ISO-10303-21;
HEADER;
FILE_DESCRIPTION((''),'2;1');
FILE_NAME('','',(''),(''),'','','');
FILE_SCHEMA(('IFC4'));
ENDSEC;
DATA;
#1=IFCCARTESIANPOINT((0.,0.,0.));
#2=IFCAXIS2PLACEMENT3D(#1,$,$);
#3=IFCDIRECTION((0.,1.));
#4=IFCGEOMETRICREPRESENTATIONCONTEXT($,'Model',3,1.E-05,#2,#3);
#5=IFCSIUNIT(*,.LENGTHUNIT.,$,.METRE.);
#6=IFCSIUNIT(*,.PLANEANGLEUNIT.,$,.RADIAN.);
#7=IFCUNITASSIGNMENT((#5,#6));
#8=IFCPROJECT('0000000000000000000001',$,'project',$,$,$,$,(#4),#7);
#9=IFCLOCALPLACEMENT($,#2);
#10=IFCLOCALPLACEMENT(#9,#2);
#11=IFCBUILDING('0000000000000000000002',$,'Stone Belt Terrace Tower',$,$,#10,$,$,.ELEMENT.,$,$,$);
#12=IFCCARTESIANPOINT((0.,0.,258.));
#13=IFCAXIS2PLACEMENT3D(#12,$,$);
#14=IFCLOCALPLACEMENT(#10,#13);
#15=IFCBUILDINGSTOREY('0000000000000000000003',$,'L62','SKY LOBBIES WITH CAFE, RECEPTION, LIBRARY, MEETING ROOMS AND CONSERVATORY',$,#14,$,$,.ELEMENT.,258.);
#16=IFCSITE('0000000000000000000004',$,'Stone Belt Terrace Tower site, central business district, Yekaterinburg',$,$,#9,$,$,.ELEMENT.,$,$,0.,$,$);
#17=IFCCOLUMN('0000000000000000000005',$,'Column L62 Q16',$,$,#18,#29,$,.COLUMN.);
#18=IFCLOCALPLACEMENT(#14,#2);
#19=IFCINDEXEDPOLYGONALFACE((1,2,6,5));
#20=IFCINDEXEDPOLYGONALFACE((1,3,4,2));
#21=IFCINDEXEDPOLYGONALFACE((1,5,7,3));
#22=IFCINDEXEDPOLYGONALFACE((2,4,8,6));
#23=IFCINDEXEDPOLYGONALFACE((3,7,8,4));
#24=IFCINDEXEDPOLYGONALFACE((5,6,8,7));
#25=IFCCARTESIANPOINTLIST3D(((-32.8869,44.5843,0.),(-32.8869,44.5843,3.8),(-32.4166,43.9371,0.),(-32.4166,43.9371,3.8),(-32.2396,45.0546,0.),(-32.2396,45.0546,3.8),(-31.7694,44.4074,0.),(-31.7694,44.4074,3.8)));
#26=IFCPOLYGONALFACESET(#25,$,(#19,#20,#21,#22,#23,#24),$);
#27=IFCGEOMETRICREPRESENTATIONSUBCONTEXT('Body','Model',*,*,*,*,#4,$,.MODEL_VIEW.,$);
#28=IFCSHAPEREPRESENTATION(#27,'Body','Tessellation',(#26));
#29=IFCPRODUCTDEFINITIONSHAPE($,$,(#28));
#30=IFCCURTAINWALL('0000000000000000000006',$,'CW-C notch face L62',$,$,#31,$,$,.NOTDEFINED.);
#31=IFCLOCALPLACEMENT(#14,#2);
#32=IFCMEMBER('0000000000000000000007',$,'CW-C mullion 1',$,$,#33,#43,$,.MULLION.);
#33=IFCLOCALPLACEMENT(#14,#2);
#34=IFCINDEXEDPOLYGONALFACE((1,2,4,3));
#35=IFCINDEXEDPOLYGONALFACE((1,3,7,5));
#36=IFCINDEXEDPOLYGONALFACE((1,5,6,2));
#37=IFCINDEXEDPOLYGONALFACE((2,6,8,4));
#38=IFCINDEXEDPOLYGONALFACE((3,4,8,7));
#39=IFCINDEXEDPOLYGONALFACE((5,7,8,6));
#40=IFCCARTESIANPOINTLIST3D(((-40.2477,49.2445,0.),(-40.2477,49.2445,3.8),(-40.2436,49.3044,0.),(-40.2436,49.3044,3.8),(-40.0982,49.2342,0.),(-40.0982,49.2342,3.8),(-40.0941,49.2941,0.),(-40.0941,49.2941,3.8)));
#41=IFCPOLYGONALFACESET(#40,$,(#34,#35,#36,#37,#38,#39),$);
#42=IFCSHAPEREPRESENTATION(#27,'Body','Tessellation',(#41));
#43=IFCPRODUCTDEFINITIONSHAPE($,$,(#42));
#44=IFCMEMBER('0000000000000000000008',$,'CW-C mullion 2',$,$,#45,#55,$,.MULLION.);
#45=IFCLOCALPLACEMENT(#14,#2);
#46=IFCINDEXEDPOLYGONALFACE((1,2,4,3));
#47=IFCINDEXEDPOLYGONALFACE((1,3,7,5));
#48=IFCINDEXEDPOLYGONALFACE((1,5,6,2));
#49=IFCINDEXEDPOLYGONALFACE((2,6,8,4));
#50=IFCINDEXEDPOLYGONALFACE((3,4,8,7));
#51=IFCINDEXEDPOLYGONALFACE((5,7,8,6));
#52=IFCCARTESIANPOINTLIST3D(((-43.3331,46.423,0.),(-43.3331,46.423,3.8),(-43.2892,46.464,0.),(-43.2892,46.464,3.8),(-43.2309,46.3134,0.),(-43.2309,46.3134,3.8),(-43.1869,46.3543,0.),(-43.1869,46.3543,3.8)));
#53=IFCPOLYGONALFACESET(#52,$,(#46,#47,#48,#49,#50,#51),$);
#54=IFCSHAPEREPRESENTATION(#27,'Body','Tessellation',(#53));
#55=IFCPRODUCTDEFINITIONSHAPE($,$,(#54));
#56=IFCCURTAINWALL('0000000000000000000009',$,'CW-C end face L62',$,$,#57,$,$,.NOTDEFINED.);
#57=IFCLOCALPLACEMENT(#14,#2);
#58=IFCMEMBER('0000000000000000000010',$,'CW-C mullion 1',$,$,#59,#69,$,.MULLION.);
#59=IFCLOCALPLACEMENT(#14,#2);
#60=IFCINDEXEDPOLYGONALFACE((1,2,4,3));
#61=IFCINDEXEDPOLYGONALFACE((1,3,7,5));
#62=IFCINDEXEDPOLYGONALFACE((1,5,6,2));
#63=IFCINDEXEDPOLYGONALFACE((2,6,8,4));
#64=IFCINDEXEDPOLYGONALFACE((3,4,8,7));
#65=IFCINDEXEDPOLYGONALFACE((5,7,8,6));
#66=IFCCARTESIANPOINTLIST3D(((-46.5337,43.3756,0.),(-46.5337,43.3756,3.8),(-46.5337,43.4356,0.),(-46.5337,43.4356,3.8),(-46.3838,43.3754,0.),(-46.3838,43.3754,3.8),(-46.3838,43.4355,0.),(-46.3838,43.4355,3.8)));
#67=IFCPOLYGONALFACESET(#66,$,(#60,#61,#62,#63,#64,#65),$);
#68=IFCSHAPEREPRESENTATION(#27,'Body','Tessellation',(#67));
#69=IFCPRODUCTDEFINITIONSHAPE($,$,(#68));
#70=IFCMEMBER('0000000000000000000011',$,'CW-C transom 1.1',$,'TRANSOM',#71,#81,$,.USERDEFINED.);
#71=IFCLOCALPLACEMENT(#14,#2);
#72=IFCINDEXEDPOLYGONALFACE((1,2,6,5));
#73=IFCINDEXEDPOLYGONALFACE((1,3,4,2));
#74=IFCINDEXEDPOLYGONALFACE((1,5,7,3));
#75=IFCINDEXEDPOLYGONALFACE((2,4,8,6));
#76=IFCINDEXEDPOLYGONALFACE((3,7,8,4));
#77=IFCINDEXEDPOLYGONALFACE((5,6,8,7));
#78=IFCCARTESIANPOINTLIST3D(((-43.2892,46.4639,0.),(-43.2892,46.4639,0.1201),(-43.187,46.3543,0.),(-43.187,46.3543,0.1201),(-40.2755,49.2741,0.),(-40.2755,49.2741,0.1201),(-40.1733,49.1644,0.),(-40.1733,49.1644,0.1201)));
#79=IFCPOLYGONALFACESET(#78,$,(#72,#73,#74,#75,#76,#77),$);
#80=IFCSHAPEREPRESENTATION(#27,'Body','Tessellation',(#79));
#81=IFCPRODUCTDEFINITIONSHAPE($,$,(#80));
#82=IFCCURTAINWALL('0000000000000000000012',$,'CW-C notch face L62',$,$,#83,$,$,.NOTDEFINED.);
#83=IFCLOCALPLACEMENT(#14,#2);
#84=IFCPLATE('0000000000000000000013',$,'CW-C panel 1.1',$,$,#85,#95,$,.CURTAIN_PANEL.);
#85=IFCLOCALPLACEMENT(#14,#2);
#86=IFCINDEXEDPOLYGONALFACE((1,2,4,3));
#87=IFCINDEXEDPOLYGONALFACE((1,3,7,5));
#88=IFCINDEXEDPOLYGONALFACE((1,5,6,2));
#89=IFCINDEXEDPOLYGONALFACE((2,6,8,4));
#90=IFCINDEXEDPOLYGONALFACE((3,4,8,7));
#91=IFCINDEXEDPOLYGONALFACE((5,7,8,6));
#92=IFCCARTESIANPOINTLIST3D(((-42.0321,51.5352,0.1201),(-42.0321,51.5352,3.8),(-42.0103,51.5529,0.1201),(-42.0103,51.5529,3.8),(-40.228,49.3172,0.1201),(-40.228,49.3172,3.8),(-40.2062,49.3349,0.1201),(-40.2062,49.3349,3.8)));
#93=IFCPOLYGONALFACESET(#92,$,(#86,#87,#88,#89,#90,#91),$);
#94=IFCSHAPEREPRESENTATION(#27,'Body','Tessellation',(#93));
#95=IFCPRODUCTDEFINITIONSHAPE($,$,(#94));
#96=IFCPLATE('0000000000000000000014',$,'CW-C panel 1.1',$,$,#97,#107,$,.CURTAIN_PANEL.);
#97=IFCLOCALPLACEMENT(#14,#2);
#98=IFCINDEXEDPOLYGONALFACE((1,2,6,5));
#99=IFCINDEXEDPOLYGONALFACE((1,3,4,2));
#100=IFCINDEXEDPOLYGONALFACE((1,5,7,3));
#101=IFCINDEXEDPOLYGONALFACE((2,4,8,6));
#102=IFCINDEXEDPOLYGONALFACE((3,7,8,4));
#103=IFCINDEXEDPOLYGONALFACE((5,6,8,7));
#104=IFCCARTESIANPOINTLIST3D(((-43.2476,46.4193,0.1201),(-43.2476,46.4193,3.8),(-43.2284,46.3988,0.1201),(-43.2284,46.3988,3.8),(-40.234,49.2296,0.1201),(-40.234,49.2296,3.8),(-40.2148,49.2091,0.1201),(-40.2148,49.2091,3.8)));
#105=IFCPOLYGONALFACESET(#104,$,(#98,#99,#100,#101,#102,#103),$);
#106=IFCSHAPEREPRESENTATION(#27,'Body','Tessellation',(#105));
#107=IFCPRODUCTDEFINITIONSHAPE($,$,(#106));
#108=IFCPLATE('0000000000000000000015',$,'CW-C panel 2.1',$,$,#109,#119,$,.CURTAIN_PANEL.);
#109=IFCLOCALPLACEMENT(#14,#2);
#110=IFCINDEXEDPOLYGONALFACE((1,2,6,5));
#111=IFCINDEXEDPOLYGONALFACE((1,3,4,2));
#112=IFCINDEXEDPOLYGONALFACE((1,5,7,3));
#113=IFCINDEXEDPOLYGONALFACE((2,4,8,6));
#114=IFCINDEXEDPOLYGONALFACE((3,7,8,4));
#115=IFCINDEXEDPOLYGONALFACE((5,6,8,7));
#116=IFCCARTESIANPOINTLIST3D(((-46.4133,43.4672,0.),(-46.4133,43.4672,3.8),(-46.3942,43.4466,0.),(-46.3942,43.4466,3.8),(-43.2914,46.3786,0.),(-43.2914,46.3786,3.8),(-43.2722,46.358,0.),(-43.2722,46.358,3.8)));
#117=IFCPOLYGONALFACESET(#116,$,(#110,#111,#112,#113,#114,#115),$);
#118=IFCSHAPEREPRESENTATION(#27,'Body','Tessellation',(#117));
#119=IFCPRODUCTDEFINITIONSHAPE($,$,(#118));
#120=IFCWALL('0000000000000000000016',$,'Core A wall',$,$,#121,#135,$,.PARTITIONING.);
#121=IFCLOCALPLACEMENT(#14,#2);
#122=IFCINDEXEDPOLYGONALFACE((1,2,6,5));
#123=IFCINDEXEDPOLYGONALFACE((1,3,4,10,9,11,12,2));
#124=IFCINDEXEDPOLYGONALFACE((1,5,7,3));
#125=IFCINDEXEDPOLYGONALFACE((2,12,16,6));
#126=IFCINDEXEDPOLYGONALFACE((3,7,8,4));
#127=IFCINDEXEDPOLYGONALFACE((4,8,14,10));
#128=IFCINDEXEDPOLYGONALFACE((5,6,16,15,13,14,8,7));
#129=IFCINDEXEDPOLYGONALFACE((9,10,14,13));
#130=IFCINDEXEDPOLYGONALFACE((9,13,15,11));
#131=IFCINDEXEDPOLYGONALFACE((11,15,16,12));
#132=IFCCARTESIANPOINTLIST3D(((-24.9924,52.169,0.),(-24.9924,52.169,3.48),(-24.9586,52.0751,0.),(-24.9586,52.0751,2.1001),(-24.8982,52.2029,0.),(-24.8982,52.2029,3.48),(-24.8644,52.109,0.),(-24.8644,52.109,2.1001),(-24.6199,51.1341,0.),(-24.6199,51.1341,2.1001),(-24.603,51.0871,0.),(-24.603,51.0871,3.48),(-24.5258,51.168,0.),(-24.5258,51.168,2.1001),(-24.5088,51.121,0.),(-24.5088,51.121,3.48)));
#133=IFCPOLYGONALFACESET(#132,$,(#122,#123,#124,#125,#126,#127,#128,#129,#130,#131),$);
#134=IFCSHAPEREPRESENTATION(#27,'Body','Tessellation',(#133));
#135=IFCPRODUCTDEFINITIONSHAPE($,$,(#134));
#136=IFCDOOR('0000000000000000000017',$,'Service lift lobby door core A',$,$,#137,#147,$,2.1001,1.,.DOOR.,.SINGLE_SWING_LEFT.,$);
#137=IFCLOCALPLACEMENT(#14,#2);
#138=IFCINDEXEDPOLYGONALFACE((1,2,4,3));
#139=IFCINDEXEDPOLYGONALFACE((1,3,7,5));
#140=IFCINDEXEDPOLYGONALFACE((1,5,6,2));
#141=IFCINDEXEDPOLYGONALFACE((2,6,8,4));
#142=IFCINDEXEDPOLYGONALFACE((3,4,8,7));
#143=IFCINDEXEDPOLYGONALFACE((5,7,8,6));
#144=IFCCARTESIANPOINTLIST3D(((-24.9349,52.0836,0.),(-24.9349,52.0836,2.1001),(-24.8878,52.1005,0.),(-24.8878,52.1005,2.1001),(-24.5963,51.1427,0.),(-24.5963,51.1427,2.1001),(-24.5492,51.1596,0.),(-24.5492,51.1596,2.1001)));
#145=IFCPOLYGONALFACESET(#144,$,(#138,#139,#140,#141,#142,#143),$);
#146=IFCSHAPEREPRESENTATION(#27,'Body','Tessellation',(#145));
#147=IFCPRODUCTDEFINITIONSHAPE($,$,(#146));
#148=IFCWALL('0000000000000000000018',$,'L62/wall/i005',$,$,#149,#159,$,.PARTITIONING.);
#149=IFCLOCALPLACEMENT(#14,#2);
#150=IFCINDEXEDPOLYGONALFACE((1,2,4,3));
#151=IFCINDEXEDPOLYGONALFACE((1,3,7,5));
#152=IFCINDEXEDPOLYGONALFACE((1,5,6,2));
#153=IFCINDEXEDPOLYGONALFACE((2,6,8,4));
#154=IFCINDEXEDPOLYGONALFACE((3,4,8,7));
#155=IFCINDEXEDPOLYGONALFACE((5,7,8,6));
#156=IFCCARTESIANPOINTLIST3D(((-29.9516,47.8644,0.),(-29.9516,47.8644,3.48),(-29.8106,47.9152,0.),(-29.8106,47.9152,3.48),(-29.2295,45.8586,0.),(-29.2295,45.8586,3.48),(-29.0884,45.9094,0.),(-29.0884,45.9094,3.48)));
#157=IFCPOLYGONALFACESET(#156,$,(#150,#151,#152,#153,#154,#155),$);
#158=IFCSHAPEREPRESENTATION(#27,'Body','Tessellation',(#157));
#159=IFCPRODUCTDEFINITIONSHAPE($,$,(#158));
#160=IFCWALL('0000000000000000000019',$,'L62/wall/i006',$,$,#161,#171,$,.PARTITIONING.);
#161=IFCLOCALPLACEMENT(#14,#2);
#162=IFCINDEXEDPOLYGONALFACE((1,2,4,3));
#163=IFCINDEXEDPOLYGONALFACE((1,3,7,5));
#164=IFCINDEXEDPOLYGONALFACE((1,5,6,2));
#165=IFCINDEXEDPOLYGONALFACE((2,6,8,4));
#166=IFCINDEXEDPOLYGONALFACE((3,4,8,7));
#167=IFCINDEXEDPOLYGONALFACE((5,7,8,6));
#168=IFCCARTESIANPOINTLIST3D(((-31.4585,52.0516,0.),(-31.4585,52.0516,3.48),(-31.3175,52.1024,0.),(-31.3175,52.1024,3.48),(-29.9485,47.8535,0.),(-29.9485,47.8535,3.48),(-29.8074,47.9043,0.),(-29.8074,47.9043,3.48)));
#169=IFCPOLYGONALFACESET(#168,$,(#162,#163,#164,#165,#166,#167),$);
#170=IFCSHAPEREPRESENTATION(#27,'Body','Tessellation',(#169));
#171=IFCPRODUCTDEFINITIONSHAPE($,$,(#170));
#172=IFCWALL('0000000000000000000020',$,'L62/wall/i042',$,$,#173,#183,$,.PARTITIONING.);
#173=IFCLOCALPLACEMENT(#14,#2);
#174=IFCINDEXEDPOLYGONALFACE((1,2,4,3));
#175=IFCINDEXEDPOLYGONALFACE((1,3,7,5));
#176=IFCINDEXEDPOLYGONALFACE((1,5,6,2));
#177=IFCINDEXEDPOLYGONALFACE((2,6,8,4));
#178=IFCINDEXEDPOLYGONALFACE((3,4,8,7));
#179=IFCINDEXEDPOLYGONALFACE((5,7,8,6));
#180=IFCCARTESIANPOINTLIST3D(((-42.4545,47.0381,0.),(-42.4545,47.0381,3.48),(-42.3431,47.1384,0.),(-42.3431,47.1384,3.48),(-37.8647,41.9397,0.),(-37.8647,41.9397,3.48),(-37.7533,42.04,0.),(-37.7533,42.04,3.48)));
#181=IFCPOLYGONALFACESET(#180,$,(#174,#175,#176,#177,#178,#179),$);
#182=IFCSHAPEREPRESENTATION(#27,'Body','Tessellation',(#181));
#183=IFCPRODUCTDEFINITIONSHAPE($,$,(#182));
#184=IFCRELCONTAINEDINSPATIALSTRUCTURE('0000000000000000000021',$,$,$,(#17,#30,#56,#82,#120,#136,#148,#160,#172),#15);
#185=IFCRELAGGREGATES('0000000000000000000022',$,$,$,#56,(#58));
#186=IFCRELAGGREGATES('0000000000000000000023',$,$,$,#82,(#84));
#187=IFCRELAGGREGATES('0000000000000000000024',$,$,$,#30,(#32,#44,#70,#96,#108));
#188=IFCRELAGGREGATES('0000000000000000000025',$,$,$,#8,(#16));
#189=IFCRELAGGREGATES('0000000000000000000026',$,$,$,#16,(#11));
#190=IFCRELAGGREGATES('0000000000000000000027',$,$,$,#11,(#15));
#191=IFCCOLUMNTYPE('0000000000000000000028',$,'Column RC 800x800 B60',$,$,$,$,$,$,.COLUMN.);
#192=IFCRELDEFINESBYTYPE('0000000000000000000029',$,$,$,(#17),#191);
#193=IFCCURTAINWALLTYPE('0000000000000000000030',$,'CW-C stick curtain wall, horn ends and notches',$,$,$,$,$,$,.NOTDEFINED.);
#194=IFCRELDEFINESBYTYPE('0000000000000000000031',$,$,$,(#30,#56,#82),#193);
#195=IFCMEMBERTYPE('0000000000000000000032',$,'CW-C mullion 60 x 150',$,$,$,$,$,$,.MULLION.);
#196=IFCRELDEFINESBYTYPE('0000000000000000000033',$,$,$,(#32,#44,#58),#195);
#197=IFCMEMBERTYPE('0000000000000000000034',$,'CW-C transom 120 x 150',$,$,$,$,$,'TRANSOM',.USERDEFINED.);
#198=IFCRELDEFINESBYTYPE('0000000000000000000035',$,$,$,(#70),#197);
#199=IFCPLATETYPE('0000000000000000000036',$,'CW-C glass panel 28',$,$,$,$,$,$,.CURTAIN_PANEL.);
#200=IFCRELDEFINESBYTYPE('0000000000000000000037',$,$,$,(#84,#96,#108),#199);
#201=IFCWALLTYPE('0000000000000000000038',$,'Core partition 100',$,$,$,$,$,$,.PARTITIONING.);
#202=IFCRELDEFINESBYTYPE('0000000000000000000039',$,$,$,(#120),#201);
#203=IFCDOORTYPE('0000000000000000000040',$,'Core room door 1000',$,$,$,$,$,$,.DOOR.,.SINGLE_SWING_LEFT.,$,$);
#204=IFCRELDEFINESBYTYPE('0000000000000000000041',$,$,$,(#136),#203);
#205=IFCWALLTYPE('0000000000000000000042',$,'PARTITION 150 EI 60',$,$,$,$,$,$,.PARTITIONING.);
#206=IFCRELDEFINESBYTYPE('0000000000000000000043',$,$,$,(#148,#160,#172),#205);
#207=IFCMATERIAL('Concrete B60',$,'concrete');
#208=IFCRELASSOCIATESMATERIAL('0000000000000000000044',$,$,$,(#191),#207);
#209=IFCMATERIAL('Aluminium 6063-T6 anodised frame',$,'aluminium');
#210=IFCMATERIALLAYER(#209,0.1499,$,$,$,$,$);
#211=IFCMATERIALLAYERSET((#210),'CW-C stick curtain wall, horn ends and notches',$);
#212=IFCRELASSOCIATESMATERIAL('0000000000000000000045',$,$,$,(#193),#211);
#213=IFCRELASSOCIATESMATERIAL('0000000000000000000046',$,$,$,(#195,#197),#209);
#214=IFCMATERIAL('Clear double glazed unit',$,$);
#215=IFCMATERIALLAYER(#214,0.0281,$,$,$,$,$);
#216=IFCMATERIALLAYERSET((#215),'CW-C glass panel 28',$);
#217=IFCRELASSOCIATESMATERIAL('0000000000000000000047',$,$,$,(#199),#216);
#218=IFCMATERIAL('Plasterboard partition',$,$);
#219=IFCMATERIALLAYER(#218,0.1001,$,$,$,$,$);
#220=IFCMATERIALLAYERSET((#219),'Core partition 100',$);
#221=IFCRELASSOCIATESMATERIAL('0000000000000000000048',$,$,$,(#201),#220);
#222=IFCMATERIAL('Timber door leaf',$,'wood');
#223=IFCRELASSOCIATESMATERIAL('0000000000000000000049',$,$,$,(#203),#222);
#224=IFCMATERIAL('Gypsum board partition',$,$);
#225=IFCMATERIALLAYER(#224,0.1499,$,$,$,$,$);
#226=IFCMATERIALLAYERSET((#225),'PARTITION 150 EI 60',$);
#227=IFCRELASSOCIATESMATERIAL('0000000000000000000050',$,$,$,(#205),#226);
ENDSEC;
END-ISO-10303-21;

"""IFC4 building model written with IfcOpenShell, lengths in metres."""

from ifc_helpers import new_model, si_unit, direction, frame, frame_2d, origin, origin_2d, place, context, subcontext, project, spatial, rectangle, extrude, material, layer, layer_set, material_profile, profile_set, type_object, element, fill, aggregate, save


model = new_model("IFC4")

# Units and contexts
model_context = context("Model", 3, precision=1e-05, world=origin(), true_north=direction((0.0, 1.0)))
body_context = subcontext(model_context, "Body", "Model", "MODEL_VIEW")
ifc_project = project(units=[si_unit("LENGTHUNIT", "METRE"), si_unit("PLANEANGLEUNIT", "RADIAN")], contexts=[model_context])

# Site, building, storey
site_placement = place(None, origin())
site = spatial("IfcSite", under=ifc_project, at=site_placement, Name="Stone Belt Terrace Tower site, central business district, Yekaterinburg", CompositionType="ELEMENT", RefElevation=0.0)
building_placement = place(site_placement, origin())
building = spatial("IfcBuilding", under=site, at=building_placement, Name="Stone Belt Terrace Tower", CompositionType="ELEMENT")
storey_placement = place(building_placement, frame((0.0, 0.0, 258.0)))
storey = spatial("IfcBuildingStorey", under=building, at=storey_placement, Name="L62", Description="SKY LOBBIES WITH CAFE, RECEPTION, LIBRARY, MEETING ROOMS AND CONSERVATORY", CompositionType="ELEMENT", Elevation=258.0)

# Column
ifc_material_1 = material(Name="Concrete B60", Category="concrete")
ifc_material_profile_1 = material_profile(ifc_material_1, rectangle(XDim=0.8, YDim=0.8, at=origin_2d()), Name="RC 800x800")
ifc_profile_set_1 = profile_set([ifc_material_profile_1], Name="Concrete B60")
column_type = type_object("IfcColumnType", Name="Column RC 800x800 B60", PredefinedType="COLUMN", material=ifc_profile_set_1)
column_placement = place(storey_placement, frame((-32.3281, 44.4958, 0.0), z_axis=(0.0, 0.0, 1.0), x_axis=(0.809017, 0.587785, 0.0)))
element("IfcColumn", 1, at=column_placement, inside=storey, type_object=column_type, Name="Column L62 Q16", PredefinedType="COLUMN", context=body_context, shape_type="SweptSolid", body=[
    extrude(rectangle(XDim=0.8, YDim=0.8, at=origin_2d()), origin(), (0.0, 0.0, 1.0), 3.8),
])

# Curtain wall, members
ifc_material_2 = material(Name="Aluminium 6063-T6 anodised frame", Category="aluminium")
ifc_layer_1 = layer(ifc_material_2, 0.1499)
ifc_layer_set_1 = layer_set([ifc_layer_1], Name="CW-C stick curtain wall, horn ends and notches")
curtain_wall_type = type_object("IfcCurtainWallType", Name="CW-C stick curtain wall, horn ends and notches", PredefinedType="NOTDEFINED", material=ifc_layer_set_1)
curtain_wall_1_placement = place(storey_placement, origin())
curtain_wall_1 = element("IfcCurtainWall", 2, at=curtain_wall_1_placement, inside=storey, type_object=curtain_wall_type, Name="CW-C notch face L62", PredefinedType="NOTDEFINED")
ifc_material_profile_2 = material_profile(ifc_material_2, rectangle(XDim=0.1499, YDim=0.0601, at=origin_2d()), Name="Aluminium 6063-T6 60x150")
ifc_profile_set_2 = profile_set([ifc_material_profile_2], Name="Aluminium 6063-T6 anodised frame")
member_type_1 = type_object("IfcMemberType", Name="CW-C mullion 60 x 150", PredefinedType="MULLION", material=ifc_profile_set_2)
member_1_placement = place(storey_placement, frame((-40.1709, 49.2693, 0.0), z_axis=(0.0, 0.0, 1.0), x_axis=(0.99764, -0.068666, 0.0)))
member_1 = element("IfcMember", 3, at=member_1_placement, type_object=member_type_1, Name="CW-C mullion 1", PredefinedType="MULLION", context=body_context, shape_type="SweptSolid", body=[
    extrude(rectangle(XDim=0.1499, YDim=0.0601, at=origin_2d()), origin(), (0.0, 0.0, 1.0), 3.8),
])
member_2_placement = place(storey_placement, frame((-43.26, 46.3887, 0.0), z_axis=(0.0, 0.0, 1.0), x_axis=(0.682014, -0.731339, 0.0)))
member_2 = element("IfcMember", 4, at=member_2_placement, type_object=member_type_1, Name="CW-C mullion 2", PredefinedType="MULLION", context=body_context, shape_type="SweptSolid", body=[
    extrude(rectangle(XDim=0.1499, YDim=0.0601, at=origin_2d()), origin(), (0.0, 0.0, 1.0), 3.8),
])

# Curtain wall, member
curtain_wall_2_placement = place(storey_placement, origin())
curtain_wall_2 = element("IfcCurtainWall", 5, at=curtain_wall_2_placement, inside=storey, type_object=curtain_wall_type, Name="CW-C end face L62", PredefinedType="NOTDEFINED")
member_3_placement = place(storey_placement, frame((-46.4587, 43.4055, 0.0), z_axis=(0.0, 0.0, 1.0), x_axis=(0.999999, -0.001051, 0.0)))
member_3 = element("IfcMember", 6, at=member_3_placement, type_object=member_type_1, Name="CW-C mullion 1", PredefinedType="MULLION", context=body_context, shape_type="SweptSolid", body=[
    extrude(rectangle(XDim=0.1499, YDim=0.0601, at=origin_2d()), origin(), (0.0, 0.0, 1.0), 3.8),
])
aggregate(curtain_wall_2, [member_3])

# Member
ifc_material_profile_3 = material_profile(ifc_material_2, rectangle(XDim=0.1499, YDim=0.1201, at=origin_2d()), Name="Aluminium 6063-T6 150x120")
ifc_profile_set_3 = profile_set([ifc_material_profile_3], Name="Aluminium 6063-T6 anodised frame")
member_type_2 = type_object("IfcMemberType", Name="CW-C transom 120 x 150", ElementType="TRANSOM", PredefinedType="USERDEFINED", material=ifc_profile_set_3)
member_4_placement = place(storey_placement, frame((-40.2244, 49.2192, 0.0601), z_axis=(-0.731382, -0.681968, 0.0), x_axis=(0.681968, -0.731382, 0.0)))
member_4 = element("IfcMember", 7, at=member_4_placement, type_object=member_type_2, Name="CW-C transom 1.1", ObjectType="TRANSOM", PredefinedType="USERDEFINED", context=body_context, shape_type="SweptSolid", body=[
    extrude(rectangle(XDim=0.1499, YDim=0.1201, at=origin_2d()), origin(), (0.0, 0.0, 1.0), 4.1206),
])

# Curtain wall, plate
curtain_wall_3_placement = place(storey_placement, origin())
curtain_wall_3 = element("IfcCurtainWall", 8, at=curtain_wall_3_placement, inside=storey, type_object=curtain_wall_type, Name="CW-C notch face L62", PredefinedType="NOTDEFINED")
ifc_material_3 = material(Name="Clear double glazed unit")
ifc_layer_2 = layer(ifc_material_3, 0.0281)
ifc_layer_set_2 = layer_set([ifc_layer_2], Name="CW-C glass panel 28")
plate_type = type_object("IfcPlateType", Name="CW-C glass panel 28", PredefinedType="CURTAIN_PANEL", material=ifc_layer_set_2)
plate_1_placement = place(storey_placement, frame((-41.1191, 50.4351, 0.1201), z_axis=(0.0, 0.0, 1.0), x_axis=(0.631001, -0.775782, 0.0)))
plate_1 = element("IfcPlate", 9, at=plate_1_placement, type_object=plate_type, Name="CW-C panel 1.1", PredefinedType="CURTAIN_PANEL", context=body_context, shape_type="SweptSolid", body=[
    extrude(rectangle(XDim=2.8591, YDim=0.0281, at=origin_2d()), origin(), (0.0, 0.0, 1.0), 3.6799),
])
aggregate(curtain_wall_3, [plate_1])

# Plates
plate_2_placement = place(storey_placement, frame((-41.7312, 47.8142, 0.1201), z_axis=(0.0, 0.0, 1.0), x_axis=(-0.731339, -0.682014, 0.0)))
plate_2 = element("IfcPlate", 10, at=plate_2_placement, type_object=plate_type, Name="CW-C panel 1.1", PredefinedType="CURTAIN_PANEL", context=body_context, shape_type="SweptSolid", body=[
    extrude(rectangle(XDim=4.1206, YDim=0.0281, at=origin_2d()), origin(), (0.0, 0.0, 1.0), 3.6799),
])
plate_3_placement = place(storey_placement, frame((-44.8428, 44.9126, 0.0), z_axis=(0.0, 0.0, 1.0), x_axis=(-0.731339, -0.682014, 0.0)))
plate_3 = element("IfcPlate", 11, at=plate_3_placement, type_object=plate_type, Name="CW-C panel 2.1", PredefinedType="CURTAIN_PANEL", context=body_context, shape_type="SweptSolid", body=[
    extrude(rectangle(XDim=4.2688, YDim=0.0281, at=origin_2d()), origin(), (0.0, 0.0, 1.0), 3.8),
])
aggregate(curtain_wall_1, [member_1, member_2, member_4, plate_2, plate_3])

# Wall, opening, door
ifc_material_4 = material(Name="Plasterboard partition")
ifc_layer_3 = layer(ifc_material_4, 0.1001)
ifc_layer_set_3 = layer_set([ifc_layer_3], Name="Core partition 100")
wall_type_1 = type_object("IfcWallType", Name="Core partition 100", PredefinedType="PARTITIONING", material=ifc_layer_set_3)
wall_1_placement = place(storey_placement, frame((-24.5559, 51.104, 0.0), z_axis=(0.0, 0.0, 1.0), x_axis=(-0.338622, 0.940923, 0.0)))
wall_1 = element("IfcWall", 12, at=wall_1_placement, inside=storey, type_object=wall_type_1, Name="Core A wall", PredefinedType="PARTITIONING", context=body_context, shape_type="SweptSolid", body=[
    extrude(rectangle(XDim=1.1499, YDim=0.1001, at=frame_2d((0.575, 0.0))), origin(), (0.0, 0.0, 1.0), 3.48),
])
opening_1_placement = place(wall_1_placement, frame((0.05, 0.0, 0.0)))
opening_1 = element("IfcOpeningElement", 13, at=opening_1_placement, cuts=wall_1, PredefinedType="OPENING", context=body_context, shape_type="SweptSolid", body=[
    extrude(rectangle(XDim=1.0, YDim=2.1001, at=frame_2d((0.5, 1.05))), frame((0.0, 0.0601, 0.0), z_axis=(0.0, -1.0, 0.0), x_axis=(1.0, 0.0, 0.0)), (0.0, 0.0, 1.0), 0.1201),
])
ifc_material_5 = material(Name="Timber door leaf", Category="wood")
door_type_1 = type_object("IfcDoorType", Name="Core room door 1000", OperationType="SINGLE_SWING_LEFT", PredefinedType="DOOR", material=ifc_material_5)
door_1_placement = place(opening_1_placement, origin())
door_1 = element("IfcDoor", 14, at=door_1_placement, inside=storey, type_object=door_type_1, Name="Service lift lobby door core A", OperationType="SINGLE_SWING_LEFT", OverallHeight=2.1001, OverallWidth=1.0, PredefinedType="DOOR", context=body_context, shape_type="SweptSolid", body=[
    extrude(rectangle(XDim=1.0, YDim=2.1001, at=frame_2d((0.5, 1.05))), frame((0.0, 0.0249, 0.0), z_axis=(0.0, -1.0, 0.0), x_axis=(1.0, 0.0, 0.0)), (0.0, 0.0, 1.0), 0.05),
])
fill(opening_1, door_1)

# Walls
ifc_material_6 = material(Name="Gypsum board partition")
ifc_layer_4 = layer(ifc_material_6, 0.1499)
ifc_layer_set_4 = layer_set([ifc_layer_4], Name="PARTITION 150 EI 60")
wall_type_2 = type_object("IfcWallType", Name="PARTITION 150 EI 60", PredefinedType="PARTITIONING", material=ifc_layer_set_4)
wall_2_placement = place(storey_placement, frame((-29.1589, 45.884, 0.0), z_axis=(0.0, 0.0, 1.0), x_axis=(-0.338744, 0.940879, 0.0)))
element("IfcWall", 15, at=wall_2_placement, inside=storey, type_object=wall_type_2, Name="L62/wall/i005", PredefinedType="PARTITIONING", context=body_context, shape_type="SweptSolid", body=[
    extrude(rectangle(XDim=2.1318, YDim=0.1499, at=frame_2d((1.0659, 0.0))), origin(), (0.0, 0.0, 1.0), 3.48),
])
wall_3_placement = place(storey_placement, frame((-29.8779, 47.8789, 0.0), z_axis=(0.0, 0.0, 1.0), x_axis=(-0.338468, 0.940978, 0.0)))
element("IfcWall", 16, at=wall_3_placement, inside=storey, type_object=wall_type_2, Name="L62/wall/i006", PredefinedType="PARTITIONING", context=body_context, shape_type="SweptSolid", body=[
    extrude(rectangle(XDim=4.4614, YDim=0.1499, at=frame_2d((2.2307, 0.0))), origin(), (0.0, 0.0, 1.0), 3.48),
])
wall_4_placement = place(storey_placement, frame((-42.3989, 47.0884, 0.0), z_axis=(0.0, 0.0, 1.0), x_axis=(0.669069, -0.7432, 0.0)))
element("IfcWall", 17, at=wall_4_placement, inside=storey, type_object=wall_type_2, Name="L62/wall/i042", PredefinedType="PARTITIONING", context=body_context, shape_type="SweptSolid", body=[
    extrude(rectangle(XDim=6.8601, YDim=0.1499, at=frame_2d((3.4302, 0.0))), origin(), (0.0, 0.0, 1.0), 3.48),
])

save(model, "model.ifc")
